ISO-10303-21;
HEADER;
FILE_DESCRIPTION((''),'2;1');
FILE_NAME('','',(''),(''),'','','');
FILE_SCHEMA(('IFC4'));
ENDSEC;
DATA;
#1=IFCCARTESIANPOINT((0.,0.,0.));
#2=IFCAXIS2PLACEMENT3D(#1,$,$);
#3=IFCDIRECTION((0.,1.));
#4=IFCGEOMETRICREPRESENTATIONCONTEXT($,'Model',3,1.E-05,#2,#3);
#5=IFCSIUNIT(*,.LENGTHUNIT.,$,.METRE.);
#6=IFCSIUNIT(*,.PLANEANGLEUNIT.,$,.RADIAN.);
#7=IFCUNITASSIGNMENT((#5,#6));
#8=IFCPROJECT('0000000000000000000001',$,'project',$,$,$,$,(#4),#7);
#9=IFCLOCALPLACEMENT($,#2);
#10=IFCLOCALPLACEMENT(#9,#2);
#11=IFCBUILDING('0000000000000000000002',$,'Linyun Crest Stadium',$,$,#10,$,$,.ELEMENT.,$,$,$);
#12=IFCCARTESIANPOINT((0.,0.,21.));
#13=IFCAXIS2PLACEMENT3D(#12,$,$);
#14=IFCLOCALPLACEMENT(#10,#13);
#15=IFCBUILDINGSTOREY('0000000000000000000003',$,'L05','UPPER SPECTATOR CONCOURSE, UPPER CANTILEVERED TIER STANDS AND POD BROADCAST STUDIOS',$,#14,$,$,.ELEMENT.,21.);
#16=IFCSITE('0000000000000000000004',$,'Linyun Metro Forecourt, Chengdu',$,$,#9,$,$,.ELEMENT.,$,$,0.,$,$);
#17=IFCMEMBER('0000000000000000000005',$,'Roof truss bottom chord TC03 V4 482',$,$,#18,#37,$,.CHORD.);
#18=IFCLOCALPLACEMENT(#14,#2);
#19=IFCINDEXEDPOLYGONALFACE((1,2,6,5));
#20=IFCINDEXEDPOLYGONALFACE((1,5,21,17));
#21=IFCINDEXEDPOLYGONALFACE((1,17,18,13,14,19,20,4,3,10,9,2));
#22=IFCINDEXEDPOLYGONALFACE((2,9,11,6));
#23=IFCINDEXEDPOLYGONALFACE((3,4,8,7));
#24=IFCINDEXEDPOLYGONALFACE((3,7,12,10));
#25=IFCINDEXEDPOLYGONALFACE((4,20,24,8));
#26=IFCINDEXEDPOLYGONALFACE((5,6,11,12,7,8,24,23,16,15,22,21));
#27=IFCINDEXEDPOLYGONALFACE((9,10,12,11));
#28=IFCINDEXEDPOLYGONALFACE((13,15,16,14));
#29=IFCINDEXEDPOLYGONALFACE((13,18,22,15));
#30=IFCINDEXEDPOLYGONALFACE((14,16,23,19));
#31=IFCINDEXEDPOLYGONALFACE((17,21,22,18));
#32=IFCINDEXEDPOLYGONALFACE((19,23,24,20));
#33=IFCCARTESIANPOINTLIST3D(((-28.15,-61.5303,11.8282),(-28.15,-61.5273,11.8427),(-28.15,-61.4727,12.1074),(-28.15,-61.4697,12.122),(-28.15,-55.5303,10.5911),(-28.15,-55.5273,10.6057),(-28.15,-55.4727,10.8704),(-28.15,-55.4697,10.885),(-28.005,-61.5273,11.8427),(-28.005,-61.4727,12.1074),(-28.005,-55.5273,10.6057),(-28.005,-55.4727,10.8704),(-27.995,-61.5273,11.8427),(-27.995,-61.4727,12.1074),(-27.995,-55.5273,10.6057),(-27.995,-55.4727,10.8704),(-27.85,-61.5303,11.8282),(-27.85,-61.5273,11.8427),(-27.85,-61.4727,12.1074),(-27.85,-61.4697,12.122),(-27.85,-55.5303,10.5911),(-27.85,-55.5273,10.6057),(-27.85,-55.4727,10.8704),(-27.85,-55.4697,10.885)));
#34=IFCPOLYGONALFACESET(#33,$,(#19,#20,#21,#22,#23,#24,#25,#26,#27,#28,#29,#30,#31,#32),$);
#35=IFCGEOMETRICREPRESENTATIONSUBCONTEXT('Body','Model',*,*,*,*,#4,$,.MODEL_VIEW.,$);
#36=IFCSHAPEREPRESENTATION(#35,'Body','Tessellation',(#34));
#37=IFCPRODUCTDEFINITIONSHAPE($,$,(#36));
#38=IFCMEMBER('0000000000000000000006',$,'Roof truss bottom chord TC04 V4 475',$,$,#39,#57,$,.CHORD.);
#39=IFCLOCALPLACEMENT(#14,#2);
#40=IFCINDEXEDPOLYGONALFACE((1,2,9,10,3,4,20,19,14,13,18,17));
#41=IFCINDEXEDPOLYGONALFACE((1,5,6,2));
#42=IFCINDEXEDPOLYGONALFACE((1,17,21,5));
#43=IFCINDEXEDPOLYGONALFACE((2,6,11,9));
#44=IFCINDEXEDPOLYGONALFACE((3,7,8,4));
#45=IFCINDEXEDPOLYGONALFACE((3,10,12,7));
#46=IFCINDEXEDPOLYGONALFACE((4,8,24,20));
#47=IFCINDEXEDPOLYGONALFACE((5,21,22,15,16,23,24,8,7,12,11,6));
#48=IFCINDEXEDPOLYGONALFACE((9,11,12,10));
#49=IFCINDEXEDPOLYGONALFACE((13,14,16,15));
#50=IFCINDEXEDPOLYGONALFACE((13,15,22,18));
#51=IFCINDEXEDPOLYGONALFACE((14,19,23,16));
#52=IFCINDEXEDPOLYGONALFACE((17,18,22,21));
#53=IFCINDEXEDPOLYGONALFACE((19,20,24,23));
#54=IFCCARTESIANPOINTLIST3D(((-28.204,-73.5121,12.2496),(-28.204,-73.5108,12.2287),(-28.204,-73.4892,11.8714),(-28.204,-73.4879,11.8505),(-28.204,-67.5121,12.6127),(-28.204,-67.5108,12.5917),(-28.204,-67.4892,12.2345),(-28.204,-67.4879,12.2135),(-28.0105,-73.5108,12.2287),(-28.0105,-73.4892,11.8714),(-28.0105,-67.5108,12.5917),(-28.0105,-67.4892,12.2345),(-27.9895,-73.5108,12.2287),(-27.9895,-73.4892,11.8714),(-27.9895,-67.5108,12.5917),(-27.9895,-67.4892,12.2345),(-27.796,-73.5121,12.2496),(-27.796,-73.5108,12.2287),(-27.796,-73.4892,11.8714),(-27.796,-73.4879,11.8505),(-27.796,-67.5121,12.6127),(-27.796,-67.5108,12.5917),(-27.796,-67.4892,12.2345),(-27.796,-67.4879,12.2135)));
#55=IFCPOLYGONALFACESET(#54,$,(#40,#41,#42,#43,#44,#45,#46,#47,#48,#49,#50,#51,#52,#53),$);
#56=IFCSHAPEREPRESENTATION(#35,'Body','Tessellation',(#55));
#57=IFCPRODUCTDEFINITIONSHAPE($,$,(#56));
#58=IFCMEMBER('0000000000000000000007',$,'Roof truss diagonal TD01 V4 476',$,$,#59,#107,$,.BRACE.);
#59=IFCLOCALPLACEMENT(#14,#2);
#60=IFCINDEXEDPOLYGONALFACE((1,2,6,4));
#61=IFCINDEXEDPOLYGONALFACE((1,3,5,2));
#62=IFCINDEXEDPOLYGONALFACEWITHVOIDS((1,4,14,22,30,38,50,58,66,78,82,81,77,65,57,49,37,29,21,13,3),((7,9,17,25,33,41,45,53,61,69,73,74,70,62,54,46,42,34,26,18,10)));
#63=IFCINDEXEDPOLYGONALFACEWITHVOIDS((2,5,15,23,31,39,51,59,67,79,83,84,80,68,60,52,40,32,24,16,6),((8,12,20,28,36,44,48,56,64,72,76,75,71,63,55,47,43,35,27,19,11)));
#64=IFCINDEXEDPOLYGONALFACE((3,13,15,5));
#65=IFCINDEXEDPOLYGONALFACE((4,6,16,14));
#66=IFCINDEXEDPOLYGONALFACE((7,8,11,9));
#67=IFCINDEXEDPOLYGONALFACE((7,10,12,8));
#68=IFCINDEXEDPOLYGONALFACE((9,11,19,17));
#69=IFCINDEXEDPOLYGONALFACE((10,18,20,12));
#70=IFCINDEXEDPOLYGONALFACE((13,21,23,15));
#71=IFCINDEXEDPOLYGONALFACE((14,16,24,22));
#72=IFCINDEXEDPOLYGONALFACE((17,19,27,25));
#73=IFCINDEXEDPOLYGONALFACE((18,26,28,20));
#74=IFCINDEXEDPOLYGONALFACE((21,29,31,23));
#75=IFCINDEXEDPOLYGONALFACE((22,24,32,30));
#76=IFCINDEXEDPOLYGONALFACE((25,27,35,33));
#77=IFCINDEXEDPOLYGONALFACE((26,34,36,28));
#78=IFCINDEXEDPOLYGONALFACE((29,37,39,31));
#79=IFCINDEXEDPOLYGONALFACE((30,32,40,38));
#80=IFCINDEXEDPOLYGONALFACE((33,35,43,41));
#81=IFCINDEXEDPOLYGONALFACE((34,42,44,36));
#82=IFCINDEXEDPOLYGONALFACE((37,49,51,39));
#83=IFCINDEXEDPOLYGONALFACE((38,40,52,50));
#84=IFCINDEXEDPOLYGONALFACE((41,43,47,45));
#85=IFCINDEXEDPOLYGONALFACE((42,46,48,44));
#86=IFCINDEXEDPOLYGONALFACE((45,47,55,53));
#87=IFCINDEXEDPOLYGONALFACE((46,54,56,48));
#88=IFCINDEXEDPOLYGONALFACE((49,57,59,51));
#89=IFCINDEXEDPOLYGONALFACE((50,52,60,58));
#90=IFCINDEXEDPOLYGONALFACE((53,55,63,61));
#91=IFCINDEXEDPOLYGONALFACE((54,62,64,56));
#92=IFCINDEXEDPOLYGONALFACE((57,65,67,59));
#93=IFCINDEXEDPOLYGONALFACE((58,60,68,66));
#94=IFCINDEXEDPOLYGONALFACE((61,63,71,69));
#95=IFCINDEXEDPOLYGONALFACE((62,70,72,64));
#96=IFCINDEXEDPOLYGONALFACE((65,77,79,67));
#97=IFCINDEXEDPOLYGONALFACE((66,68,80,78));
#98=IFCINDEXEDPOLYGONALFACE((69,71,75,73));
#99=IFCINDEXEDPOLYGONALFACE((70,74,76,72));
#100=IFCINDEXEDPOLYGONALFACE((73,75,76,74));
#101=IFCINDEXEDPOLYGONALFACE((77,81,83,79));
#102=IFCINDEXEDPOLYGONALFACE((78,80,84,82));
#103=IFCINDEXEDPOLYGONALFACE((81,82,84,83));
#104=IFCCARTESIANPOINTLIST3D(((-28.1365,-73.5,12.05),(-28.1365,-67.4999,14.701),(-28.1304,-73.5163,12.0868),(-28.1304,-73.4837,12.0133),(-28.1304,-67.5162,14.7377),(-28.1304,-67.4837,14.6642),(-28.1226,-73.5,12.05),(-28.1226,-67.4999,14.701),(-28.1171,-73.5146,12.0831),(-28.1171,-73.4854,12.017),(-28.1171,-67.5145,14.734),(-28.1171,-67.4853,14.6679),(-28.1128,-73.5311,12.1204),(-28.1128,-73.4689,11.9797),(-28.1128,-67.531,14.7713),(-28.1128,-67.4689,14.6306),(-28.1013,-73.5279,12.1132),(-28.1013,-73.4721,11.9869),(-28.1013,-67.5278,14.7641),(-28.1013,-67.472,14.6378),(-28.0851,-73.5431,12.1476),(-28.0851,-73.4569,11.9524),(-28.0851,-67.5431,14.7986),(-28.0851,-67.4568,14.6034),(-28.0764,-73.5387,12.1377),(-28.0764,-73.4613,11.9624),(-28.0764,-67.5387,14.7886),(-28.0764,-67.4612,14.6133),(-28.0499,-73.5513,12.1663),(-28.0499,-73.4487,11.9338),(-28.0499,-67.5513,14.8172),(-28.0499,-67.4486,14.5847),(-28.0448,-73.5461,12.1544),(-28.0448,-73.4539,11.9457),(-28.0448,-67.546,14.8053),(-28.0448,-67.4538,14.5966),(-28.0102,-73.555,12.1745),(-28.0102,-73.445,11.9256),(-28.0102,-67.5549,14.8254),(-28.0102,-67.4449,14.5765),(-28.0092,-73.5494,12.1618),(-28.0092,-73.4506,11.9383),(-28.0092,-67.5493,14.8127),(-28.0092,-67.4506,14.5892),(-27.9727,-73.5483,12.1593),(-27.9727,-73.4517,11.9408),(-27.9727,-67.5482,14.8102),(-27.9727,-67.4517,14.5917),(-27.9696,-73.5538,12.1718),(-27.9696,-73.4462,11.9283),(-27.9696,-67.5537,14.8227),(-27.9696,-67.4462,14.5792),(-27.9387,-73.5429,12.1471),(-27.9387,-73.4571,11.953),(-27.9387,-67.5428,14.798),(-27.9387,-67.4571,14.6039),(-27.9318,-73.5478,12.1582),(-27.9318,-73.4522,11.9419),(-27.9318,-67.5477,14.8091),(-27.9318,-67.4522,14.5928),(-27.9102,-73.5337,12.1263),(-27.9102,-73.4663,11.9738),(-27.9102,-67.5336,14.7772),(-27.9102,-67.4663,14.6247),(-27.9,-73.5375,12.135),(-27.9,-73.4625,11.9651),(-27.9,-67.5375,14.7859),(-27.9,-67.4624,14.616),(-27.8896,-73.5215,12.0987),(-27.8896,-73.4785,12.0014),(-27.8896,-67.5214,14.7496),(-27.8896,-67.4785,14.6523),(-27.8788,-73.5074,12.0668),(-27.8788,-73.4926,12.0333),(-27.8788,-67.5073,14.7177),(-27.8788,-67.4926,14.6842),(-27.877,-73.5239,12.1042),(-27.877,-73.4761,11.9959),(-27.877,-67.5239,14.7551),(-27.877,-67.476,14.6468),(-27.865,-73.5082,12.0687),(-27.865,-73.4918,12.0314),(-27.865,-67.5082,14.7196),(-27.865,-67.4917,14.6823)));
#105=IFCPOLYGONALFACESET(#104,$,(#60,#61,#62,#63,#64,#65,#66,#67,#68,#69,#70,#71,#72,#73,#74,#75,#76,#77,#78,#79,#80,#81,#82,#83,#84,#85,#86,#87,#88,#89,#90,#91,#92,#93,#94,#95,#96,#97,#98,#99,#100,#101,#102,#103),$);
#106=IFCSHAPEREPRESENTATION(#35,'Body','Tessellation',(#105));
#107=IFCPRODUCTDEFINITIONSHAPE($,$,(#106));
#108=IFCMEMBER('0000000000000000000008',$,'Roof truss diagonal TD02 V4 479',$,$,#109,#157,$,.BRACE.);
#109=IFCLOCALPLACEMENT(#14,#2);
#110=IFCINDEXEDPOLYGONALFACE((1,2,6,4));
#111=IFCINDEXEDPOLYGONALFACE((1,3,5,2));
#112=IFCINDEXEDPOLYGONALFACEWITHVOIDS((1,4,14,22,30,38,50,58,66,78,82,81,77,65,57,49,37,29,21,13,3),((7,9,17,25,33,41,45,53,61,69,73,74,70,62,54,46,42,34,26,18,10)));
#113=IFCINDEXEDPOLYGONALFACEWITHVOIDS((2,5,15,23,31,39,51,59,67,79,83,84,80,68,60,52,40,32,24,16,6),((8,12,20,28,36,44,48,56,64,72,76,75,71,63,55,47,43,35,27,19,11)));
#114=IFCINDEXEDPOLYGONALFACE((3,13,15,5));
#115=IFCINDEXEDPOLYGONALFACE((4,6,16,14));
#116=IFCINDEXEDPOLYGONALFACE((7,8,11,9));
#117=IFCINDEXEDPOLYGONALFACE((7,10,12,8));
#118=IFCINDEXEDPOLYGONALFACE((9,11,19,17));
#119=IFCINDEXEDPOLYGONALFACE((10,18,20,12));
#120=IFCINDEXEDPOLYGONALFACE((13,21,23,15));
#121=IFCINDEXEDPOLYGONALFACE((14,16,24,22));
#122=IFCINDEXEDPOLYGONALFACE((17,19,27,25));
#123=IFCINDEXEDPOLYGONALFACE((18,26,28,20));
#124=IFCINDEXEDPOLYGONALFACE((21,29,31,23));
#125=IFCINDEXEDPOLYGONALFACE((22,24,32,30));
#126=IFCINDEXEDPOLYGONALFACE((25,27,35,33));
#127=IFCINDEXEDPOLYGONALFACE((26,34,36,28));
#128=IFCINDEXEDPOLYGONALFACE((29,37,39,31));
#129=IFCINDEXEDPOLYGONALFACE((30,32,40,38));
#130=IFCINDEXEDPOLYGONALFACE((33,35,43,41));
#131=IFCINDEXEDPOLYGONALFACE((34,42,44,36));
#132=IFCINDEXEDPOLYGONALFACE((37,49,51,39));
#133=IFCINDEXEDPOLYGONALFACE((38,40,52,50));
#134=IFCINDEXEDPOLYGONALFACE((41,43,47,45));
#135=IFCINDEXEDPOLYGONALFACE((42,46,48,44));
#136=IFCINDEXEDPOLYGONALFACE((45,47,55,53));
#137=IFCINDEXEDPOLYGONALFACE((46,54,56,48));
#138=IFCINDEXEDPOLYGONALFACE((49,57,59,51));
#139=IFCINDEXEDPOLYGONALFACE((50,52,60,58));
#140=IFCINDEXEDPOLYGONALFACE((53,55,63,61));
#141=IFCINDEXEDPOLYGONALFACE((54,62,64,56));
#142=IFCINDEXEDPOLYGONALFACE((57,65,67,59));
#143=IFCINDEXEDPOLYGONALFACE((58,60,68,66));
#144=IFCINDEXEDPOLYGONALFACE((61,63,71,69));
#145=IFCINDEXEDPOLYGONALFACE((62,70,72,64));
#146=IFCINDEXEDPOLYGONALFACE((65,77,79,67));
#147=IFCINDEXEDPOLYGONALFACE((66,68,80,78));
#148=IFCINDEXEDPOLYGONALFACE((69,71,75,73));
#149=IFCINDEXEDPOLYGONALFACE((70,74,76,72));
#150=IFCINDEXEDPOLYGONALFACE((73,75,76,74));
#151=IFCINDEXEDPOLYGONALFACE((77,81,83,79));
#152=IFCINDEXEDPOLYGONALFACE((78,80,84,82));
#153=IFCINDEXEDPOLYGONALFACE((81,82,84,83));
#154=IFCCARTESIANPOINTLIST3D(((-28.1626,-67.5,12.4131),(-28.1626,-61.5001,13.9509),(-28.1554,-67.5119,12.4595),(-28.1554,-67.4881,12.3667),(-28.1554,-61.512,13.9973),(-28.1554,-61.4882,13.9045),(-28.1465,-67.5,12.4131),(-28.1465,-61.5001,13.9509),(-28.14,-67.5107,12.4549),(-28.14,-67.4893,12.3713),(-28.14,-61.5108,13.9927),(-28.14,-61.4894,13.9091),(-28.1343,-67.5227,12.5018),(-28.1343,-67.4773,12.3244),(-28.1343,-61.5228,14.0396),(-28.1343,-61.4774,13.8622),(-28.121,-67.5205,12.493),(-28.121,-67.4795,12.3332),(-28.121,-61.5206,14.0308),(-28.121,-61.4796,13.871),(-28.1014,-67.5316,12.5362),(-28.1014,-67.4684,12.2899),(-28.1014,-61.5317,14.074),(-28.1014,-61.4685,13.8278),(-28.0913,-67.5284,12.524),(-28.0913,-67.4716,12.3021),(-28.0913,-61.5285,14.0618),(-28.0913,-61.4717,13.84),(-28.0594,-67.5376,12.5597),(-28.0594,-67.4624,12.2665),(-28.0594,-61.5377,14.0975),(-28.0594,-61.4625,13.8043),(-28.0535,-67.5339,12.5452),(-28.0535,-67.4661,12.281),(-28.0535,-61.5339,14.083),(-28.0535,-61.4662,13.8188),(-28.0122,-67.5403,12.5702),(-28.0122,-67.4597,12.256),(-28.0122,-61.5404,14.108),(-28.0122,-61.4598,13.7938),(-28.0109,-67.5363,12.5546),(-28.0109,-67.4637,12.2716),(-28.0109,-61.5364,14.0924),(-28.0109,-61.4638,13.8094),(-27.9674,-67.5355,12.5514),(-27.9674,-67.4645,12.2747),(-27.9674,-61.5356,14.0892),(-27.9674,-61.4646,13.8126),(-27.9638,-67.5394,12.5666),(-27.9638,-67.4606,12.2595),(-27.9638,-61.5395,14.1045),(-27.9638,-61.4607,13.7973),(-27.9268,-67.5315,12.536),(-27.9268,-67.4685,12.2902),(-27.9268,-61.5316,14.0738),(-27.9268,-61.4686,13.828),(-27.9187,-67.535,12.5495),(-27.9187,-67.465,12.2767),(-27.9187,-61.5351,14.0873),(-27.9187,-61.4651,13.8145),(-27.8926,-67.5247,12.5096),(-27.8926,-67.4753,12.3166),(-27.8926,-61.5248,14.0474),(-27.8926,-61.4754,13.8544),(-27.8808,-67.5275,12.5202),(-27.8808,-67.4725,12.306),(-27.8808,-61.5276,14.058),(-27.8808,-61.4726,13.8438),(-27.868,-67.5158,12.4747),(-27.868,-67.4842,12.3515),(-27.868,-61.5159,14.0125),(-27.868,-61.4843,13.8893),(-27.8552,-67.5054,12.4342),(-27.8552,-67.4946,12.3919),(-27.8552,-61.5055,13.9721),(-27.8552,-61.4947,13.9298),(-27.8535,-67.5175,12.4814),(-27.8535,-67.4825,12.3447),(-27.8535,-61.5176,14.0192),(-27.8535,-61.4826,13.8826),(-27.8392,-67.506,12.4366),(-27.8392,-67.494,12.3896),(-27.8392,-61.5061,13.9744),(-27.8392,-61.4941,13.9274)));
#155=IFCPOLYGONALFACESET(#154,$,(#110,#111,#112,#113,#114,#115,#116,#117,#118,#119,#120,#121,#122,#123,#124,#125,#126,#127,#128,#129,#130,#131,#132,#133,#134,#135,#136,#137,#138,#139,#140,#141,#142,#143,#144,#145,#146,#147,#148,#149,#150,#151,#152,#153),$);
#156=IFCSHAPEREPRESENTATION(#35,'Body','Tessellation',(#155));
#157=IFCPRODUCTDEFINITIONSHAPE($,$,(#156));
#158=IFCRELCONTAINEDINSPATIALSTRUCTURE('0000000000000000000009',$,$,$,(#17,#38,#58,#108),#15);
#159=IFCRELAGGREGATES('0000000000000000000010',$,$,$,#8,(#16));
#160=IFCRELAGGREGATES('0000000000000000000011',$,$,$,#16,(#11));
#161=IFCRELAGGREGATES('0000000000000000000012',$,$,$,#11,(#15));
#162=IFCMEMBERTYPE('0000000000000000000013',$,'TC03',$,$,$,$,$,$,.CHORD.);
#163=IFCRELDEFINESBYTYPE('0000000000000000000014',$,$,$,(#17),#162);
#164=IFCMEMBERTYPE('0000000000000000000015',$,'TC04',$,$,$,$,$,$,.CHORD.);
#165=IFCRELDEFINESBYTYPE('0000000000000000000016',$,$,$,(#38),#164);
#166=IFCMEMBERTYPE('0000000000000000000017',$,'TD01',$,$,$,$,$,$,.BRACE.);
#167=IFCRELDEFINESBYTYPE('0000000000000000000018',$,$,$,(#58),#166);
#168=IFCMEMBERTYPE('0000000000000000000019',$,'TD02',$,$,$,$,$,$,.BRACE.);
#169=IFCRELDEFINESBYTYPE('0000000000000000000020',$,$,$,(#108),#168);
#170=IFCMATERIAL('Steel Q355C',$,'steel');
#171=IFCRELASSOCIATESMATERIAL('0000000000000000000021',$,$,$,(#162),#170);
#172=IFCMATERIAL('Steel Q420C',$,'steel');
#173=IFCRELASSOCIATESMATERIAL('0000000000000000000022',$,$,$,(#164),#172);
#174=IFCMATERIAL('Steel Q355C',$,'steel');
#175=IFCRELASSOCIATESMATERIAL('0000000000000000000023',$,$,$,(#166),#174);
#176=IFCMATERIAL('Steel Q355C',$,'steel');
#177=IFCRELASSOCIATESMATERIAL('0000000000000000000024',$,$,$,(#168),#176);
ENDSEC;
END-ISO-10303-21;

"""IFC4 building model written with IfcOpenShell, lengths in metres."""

from ifc_helpers import new_model, si_unit, direction, frame, origin, origin_2d, place, context, subcontext, project, spatial, hollow_circle, i_section, extrude, material, material_profile, profile_set, type_object, element, save


model = new_model("IFC4")

# Units and contexts
model_context = context("Model", 3, precision=1e-05, world=origin(), true_north=direction((0.0, 1.0)))
body_context = subcontext(model_context, "Body", "Model", "MODEL_VIEW")
ifc_project = project(units=[si_unit("LENGTHUNIT", "METRE"), si_unit("PLANEANGLEUNIT", "RADIAN")], contexts=[model_context])

# Site, building, storey
site_placement = place(None, origin())
site = spatial("IfcSite", under=ifc_project, at=site_placement, Name="Linyun Metro Forecourt, Chengdu", CompositionType="ELEMENT", RefElevation=0.0)
building_placement = place(site_placement, origin())
building = spatial("IfcBuilding", under=site, at=building_placement, Name="Linyun Crest Stadium", CompositionType="ELEMENT")
storey_placement = place(building_placement, frame((0.0, 0.0, 21.0)))
storey = spatial("IfcBuildingStorey", under=building, at=storey_placement, Name="L05", Description="UPPER SPECTATOR CONCOURSE, UPPER CANTILEVERED TIER STANDS AND POD BROADCAST STUDIOS", CompositionType="ELEMENT", Elevation=21.0)

# Members
ifc_material_1 = material(Name="Steel Q355C", Category="steel")
ifc_material_profile_1 = material_profile(ifc_material_1, i_section(OverallWidth=0.3, OverallDepth=0.3, WebThickness=0.01, FlangeThickness=0.0149, at=origin_2d()), Name="HW 300x300")
ifc_profile_set_1 = profile_set([ifc_material_profile_1], Name="Steel Q355C")
member_type_1 = type_object("IfcMemberType", Name="TC03", PredefinedType="CHORD", material=ifc_profile_set_1)
member_1_placement = place(storey_placement, frame((-28.0, -61.5, 11.9751), z_axis=(0.0, 0.9794, -0.20193), x_axis=(-1.0, 0.0, 0.0)))
element("IfcMember", 1, at=member_1_placement, inside=storey, type_object=member_type_1, Name="Roof truss bottom chord TC03 V4 482", PredefinedType="CHORD", context=body_context, shape_type="SweptSolid", body=[
    extrude(i_section(OverallWidth=0.3, OverallDepth=0.3, WebThickness=0.01, FlangeThickness=0.0149, at=origin_2d()), origin(), (0.0, 0.0, 1.0), 6.1262),
])
ifc_material_2 = material(Name="Steel Q420C", Category="steel")
ifc_material_profile_2 = material_profile(ifc_material_2, i_section(OverallWidth=0.408, OverallDepth=0.3999, WebThickness=0.021, FlangeThickness=0.021, at=origin_2d()), Name="HW 400x408")
ifc_profile_set_2 = profile_set([ifc_material_profile_2], Name="Steel Q420C")
member_type_2 = type_object("IfcMemberType", Name="TC04", PredefinedType="CHORD", material=ifc_profile_set_2)
member_2_placement = place(storey_placement, frame((-28.0, -73.5, 12.05), z_axis=(0.0, 0.998175, 0.060396), x_axis=(-1.0, 0.0, 0.0)))
element("IfcMember", 2, at=member_2_placement, inside=storey, type_object=member_type_2, Name="Roof truss bottom chord TC04 V4 475", PredefinedType="CHORD", context=body_context, shape_type="SweptSolid", body=[
    extrude(i_section(OverallWidth=0.408, OverallDepth=0.3999, WebThickness=0.021, FlangeThickness=0.021, at=origin_2d()), origin(), (0.0, 0.0, 1.0), 6.011),
])
ifc_material_3 = material(Name="Steel Q355C", Category="steel")
ifc_material_profile_3 = material_profile(ifc_material_3, hollow_circle(Radius=0.1365, WallThickness=0.0139, at=origin_2d()), Name="CHS 273x14")
ifc_profile_set_3 = profile_set([ifc_material_profile_3], Name="Steel Q355C")
member_type_3 = type_object("IfcMemberType", Name="TD01", PredefinedType="BRACE", material=ifc_profile_set_3)
member_3_placement = place(storey_placement, frame((-28.0, -73.5, 12.05), z_axis=(0.0, 0.914703, 0.404128), x_axis=(-1.0, 0.0, 0.0)))
element("IfcMember", 3, at=member_3_placement, inside=storey, type_object=member_type_3, Name="Roof truss diagonal TD01 V4 476", PredefinedType="BRACE", context=body_context, shape_type="SweptSolid", body=[
    extrude(hollow_circle(Radius=0.1365, WallThickness=0.0139, at=origin_2d()), origin(), (0.0, 0.0, 1.0), 6.5596),
])
ifc_material_4 = material(Name="Steel Q355C", Category="steel")
ifc_material_profile_4 = material_profile(ifc_material_4, hollow_circle(Radius=0.1626, WallThickness=0.0161, at=origin_2d()), Name="CHS 325x16")
ifc_profile_set_4 = profile_set([ifc_material_profile_4], Name="Steel Q355C")
member_type_4 = type_object("IfcMemberType", Name="TD02", PredefinedType="BRACE", material=ifc_profile_set_4)
member_4_placement = place(storey_placement, frame((-28.0, -67.5, 12.4131), z_axis=(0.0, 0.968688, 0.248281), x_axis=(-1.0, 0.0, 0.0)))
element("IfcMember", 4, at=member_4_placement, inside=storey, type_object=member_type_4, Name="Roof truss diagonal TD02 V4 479", PredefinedType="BRACE", context=body_context, shape_type="SweptSolid", body=[
    extrude(hollow_circle(Radius=0.1626, WallThickness=0.0161, at=origin_2d()), origin(), (0.0, 0.0, 1.0), 6.1938),
])

save(model, "model.ifc")
